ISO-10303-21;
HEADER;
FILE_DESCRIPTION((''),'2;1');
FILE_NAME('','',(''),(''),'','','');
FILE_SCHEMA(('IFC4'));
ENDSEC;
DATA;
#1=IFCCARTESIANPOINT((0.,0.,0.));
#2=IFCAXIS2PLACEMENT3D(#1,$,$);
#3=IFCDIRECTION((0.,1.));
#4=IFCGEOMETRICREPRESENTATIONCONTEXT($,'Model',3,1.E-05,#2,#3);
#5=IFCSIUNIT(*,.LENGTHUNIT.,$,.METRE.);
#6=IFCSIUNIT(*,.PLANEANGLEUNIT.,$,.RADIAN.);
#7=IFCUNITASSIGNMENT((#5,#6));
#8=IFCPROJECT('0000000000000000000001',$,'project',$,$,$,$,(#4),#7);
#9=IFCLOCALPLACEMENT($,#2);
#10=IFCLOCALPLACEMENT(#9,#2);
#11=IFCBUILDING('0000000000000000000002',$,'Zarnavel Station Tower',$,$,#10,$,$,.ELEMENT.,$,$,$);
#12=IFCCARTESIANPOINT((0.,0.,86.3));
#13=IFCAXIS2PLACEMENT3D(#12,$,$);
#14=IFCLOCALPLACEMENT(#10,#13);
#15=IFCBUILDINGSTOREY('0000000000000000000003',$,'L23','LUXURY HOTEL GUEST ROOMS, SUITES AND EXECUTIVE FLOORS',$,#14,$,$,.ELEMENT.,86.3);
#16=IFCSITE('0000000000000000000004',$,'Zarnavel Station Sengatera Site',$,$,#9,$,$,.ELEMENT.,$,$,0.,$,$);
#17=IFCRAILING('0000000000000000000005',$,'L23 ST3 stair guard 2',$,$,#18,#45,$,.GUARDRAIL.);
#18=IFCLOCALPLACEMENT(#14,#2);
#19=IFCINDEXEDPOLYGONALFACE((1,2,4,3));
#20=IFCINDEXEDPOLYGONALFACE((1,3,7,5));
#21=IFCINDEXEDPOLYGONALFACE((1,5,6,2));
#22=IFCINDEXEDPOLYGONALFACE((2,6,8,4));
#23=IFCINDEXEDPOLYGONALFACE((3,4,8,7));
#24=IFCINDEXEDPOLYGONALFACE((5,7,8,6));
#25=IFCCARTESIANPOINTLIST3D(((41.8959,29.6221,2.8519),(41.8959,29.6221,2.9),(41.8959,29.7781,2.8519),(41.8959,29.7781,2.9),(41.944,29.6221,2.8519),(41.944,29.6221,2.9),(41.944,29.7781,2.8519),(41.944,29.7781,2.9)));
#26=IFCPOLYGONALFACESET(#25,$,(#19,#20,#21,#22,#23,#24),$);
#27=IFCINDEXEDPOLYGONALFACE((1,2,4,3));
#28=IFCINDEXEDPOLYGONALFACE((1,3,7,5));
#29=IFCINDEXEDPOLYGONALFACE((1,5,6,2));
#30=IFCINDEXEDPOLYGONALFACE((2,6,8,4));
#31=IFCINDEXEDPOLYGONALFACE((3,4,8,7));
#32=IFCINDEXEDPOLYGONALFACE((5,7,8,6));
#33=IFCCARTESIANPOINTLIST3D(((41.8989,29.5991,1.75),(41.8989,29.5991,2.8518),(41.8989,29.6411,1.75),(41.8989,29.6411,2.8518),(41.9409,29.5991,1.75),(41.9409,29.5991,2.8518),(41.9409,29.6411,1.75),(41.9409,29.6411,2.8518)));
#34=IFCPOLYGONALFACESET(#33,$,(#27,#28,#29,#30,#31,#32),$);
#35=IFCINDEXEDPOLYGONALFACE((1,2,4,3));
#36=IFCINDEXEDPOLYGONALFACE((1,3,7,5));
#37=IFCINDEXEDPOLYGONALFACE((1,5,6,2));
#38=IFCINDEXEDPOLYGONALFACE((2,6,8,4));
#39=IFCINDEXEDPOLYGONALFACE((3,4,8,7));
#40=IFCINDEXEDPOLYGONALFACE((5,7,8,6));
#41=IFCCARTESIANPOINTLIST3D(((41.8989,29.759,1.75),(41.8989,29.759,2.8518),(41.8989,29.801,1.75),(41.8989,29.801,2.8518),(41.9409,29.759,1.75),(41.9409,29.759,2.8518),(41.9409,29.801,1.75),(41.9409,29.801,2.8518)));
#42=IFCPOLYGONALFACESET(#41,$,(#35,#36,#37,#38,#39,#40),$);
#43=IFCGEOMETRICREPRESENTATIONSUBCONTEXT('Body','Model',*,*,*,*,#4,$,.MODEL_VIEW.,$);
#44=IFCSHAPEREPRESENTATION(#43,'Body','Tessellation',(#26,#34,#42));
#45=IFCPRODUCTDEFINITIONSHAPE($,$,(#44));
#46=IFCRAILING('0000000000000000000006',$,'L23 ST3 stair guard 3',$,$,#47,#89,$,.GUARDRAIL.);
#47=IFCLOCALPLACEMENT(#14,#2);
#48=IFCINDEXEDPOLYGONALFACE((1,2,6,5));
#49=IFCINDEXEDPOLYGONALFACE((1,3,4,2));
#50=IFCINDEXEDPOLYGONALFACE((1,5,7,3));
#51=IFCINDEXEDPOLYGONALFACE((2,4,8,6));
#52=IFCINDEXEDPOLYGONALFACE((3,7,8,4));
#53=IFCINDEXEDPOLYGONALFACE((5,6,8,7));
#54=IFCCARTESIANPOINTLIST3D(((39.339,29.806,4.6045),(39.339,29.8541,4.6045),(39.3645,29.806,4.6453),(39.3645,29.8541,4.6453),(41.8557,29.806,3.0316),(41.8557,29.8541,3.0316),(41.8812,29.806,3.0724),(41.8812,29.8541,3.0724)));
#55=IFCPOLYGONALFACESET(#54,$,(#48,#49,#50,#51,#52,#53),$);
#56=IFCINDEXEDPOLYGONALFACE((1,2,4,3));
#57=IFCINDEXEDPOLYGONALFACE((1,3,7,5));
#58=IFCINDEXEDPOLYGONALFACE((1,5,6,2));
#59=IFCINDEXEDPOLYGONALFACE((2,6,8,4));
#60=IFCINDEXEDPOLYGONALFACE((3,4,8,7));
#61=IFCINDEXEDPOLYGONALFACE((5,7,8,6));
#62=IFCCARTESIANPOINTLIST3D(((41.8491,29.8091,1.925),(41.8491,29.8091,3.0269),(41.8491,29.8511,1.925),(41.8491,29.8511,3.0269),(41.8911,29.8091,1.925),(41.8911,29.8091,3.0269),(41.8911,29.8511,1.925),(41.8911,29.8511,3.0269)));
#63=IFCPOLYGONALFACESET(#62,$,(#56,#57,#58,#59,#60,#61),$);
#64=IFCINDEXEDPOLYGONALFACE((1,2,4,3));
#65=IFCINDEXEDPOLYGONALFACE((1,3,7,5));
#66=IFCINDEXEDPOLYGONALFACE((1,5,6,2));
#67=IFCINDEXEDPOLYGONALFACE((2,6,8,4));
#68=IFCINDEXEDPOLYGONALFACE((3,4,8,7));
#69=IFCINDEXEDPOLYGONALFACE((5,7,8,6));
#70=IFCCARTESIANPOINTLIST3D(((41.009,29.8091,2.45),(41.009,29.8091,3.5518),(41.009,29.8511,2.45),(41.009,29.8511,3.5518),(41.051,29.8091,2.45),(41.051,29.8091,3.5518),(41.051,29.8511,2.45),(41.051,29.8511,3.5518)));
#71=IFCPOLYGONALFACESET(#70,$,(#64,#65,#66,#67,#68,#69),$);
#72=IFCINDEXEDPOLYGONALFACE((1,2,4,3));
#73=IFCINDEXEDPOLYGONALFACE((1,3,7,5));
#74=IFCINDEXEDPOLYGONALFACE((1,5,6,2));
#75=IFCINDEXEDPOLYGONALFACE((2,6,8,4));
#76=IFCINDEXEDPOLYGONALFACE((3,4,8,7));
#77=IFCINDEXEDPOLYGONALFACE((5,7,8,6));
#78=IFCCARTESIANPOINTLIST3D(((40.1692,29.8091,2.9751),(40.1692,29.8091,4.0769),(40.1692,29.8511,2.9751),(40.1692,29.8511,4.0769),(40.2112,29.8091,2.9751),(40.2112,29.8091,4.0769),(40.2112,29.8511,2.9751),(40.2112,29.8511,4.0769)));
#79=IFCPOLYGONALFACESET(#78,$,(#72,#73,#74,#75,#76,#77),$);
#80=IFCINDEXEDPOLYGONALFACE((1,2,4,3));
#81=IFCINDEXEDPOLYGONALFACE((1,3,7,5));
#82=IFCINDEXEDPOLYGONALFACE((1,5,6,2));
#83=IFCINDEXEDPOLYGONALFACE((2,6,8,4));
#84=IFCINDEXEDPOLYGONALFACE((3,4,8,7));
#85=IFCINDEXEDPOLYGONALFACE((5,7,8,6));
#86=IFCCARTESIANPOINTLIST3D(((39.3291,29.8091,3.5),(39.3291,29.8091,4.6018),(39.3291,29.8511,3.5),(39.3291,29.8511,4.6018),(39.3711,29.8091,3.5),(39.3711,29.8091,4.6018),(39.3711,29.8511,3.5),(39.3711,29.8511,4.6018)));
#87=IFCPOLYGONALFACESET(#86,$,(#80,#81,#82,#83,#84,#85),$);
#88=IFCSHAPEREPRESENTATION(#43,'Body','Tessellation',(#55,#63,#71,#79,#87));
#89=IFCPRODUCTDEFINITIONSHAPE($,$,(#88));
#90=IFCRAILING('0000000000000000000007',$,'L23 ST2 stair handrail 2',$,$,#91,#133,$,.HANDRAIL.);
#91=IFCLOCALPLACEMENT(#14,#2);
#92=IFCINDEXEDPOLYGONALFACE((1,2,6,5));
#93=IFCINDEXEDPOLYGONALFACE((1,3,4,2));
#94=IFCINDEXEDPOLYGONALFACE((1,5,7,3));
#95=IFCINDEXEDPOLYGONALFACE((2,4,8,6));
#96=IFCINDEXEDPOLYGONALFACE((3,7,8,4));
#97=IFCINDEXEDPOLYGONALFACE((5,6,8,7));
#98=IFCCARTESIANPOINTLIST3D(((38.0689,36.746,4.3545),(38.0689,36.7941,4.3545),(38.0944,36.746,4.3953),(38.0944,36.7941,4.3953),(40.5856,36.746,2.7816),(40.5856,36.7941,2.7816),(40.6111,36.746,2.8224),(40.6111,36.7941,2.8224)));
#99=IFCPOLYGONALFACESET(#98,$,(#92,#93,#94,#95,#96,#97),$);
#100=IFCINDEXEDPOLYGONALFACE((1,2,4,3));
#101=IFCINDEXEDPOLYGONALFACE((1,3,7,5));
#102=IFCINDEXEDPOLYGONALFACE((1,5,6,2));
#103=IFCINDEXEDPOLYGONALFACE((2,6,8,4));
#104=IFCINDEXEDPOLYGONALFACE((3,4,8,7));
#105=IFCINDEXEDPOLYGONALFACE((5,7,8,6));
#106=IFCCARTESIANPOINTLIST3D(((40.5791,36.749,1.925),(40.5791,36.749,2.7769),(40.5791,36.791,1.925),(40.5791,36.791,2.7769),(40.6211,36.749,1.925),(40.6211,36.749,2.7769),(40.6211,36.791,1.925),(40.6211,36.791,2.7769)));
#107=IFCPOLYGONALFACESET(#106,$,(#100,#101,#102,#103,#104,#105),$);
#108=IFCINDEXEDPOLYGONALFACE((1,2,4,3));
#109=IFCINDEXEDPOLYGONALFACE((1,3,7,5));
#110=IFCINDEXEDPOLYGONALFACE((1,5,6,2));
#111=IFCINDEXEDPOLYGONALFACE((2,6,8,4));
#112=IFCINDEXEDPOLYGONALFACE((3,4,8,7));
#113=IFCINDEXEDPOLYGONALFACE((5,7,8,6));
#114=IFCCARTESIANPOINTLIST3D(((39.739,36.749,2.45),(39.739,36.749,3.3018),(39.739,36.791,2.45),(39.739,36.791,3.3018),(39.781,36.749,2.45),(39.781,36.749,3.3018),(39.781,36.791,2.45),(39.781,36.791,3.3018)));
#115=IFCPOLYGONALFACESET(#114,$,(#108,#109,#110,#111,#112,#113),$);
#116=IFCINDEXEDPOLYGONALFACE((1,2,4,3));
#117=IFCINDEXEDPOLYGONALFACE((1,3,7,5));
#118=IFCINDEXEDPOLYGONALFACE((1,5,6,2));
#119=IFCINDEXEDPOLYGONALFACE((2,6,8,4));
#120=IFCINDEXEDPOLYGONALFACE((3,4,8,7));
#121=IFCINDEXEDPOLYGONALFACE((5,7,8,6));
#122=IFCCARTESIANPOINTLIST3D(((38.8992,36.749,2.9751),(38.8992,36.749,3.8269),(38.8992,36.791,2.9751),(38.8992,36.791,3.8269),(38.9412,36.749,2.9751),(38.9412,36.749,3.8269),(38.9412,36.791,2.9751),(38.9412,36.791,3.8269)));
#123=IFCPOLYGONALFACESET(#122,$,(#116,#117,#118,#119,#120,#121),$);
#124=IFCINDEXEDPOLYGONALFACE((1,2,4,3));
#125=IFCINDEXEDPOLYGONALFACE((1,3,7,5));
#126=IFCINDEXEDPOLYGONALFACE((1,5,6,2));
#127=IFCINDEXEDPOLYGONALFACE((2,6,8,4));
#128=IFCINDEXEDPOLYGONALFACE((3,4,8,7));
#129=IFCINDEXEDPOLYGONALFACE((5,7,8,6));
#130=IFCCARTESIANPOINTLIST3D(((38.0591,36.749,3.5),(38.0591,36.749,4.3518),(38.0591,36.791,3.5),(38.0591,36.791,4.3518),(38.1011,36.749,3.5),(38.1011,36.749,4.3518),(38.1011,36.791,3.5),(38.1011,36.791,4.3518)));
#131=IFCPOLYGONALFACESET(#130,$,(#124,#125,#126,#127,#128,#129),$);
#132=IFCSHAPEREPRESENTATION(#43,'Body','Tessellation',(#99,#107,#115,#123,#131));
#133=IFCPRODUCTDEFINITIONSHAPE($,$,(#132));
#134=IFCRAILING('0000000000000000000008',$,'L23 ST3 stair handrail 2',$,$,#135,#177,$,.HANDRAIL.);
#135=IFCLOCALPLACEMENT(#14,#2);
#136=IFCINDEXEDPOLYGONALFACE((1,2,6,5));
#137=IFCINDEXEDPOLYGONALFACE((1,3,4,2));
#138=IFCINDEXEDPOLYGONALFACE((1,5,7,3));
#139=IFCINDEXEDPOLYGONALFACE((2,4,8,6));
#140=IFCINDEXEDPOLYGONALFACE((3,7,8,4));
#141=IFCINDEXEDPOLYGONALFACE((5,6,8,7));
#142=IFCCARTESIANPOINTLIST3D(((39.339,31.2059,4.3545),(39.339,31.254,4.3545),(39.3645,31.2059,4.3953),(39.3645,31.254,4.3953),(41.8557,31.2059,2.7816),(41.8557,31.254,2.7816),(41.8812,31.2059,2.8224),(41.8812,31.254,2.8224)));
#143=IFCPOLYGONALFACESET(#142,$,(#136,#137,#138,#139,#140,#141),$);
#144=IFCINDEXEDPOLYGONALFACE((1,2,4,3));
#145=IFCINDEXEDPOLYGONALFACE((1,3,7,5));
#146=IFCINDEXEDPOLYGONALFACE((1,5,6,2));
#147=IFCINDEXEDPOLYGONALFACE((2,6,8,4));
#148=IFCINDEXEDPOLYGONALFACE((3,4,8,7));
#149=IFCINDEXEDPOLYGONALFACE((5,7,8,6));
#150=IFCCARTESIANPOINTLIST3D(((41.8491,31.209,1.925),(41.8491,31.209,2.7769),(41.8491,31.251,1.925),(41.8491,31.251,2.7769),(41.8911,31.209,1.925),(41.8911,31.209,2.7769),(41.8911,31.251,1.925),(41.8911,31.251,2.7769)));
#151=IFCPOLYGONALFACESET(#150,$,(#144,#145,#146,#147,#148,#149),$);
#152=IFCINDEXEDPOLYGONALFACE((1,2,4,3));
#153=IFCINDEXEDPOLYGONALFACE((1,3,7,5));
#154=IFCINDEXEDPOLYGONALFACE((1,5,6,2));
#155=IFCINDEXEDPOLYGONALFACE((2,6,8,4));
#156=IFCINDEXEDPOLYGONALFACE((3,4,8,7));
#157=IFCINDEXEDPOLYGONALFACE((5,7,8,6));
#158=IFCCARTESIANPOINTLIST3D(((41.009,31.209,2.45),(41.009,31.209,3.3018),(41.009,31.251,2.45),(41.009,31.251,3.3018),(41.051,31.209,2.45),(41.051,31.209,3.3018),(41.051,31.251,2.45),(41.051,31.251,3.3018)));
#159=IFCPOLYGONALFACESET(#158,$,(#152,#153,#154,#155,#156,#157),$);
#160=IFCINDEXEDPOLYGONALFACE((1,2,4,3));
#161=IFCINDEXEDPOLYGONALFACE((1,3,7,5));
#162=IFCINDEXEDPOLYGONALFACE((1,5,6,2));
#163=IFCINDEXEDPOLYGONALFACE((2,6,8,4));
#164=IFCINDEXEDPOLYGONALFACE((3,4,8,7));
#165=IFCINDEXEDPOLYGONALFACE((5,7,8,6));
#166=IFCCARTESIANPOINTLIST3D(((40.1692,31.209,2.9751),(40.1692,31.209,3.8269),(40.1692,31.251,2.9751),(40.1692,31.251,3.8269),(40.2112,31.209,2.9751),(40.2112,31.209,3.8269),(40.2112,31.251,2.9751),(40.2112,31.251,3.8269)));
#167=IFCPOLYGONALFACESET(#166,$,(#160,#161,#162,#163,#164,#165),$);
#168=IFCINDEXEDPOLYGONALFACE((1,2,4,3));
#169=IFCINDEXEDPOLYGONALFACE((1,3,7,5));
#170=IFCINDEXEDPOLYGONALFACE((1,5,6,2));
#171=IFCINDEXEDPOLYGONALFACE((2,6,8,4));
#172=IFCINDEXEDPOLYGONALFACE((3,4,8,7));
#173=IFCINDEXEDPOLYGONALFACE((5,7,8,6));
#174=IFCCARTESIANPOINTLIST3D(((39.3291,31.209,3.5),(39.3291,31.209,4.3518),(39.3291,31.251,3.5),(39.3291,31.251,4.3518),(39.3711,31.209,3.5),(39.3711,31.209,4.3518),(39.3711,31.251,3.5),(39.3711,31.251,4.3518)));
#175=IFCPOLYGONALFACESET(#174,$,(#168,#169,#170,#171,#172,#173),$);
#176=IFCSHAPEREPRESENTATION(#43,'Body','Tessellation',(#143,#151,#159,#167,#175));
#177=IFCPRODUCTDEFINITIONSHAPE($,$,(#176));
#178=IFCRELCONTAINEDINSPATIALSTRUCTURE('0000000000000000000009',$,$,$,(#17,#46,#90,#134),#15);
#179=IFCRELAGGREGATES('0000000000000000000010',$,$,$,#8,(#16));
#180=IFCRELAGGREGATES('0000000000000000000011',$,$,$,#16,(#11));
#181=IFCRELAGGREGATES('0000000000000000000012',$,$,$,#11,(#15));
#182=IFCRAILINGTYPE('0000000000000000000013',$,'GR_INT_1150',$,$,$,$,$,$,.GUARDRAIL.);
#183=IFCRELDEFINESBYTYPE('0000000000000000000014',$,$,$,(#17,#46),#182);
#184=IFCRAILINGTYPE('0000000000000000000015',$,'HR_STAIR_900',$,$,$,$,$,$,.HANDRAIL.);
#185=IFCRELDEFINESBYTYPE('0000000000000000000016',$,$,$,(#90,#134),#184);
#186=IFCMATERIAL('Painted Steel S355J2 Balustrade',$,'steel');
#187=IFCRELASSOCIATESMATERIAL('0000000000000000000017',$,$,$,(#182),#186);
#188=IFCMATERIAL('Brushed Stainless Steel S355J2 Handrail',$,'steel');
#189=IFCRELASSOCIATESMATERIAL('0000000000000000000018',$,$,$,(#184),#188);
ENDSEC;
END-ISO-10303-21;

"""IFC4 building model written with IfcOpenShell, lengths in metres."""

from ifc_helpers import new_model, si_unit, direction, frame, origin, origin_2d, place, context, subcontext, project, spatial, rectangle, extrude, material, type_object, element, save


model = new_model("IFC4")

# Units and contexts
model_context = context("Model", 3, precision=1e-05, world=origin(), true_north=direction((0.0, 1.0)))
body_context = subcontext(model_context, "Body", "Model", "MODEL_VIEW")
ifc_project = project(units=[si_unit("LENGTHUNIT", "METRE"), si_unit("PLANEANGLEUNIT", "RADIAN")], contexts=[model_context])

# Site, building, storey
site_placement = place(None, origin())
site = spatial("IfcSite", under=ifc_project, at=site_placement, Name="Zarnavel Station Sengatera Site", CompositionType="ELEMENT", RefElevation=0.0)
building_placement = place(site_placement, origin())
building = spatial("IfcBuilding", under=site, at=building_placement, Name="Zarnavel Station Tower", CompositionType="ELEMENT")
storey_placement = place(building_placement, frame((0.0, 0.0, 86.3)))
storey = spatial("IfcBuildingStorey", under=building, at=storey_placement, Name="L23", Description="LUXURY HOTEL GUEST ROOMS, SUITES AND EXECUTIVE FLOORS", CompositionType="ELEMENT", Elevation=86.3)

# Railings
ifc_material_1 = material(Name="Painted Steel S355J2 Balustrade", Category="steel")
railing_type_1 = type_object("IfcRailingType", Name="GR_INT_1150", PredefinedType="GUARDRAIL", material=ifc_material_1)
railing_1_placement = place(storey_placement, frame((41.9199, 29.6201, 1.75)))
element("IfcRailing", 1, at=railing_1_placement, inside=storey, type_object=railing_type_1, Name="L23 ST3 stair guard 2", PredefinedType="GUARDRAIL", context=body_context, shape_type="SweptSolid", body=[
    extrude(rectangle(XDim=0.0481, YDim=0.0481, at=origin_2d()), frame((0.0, 0.002, 1.126), z_axis=(0.0, 1.0, 0.0), x_axis=(-1.0, 0.0, 0.0)), (0.0, 0.0, 1.0), 0.156),
    extrude(rectangle(XDim=0.042, YDim=0.042, at=origin_2d()), origin(), (0.0, 0.0, 1.0), 1.1018),
    extrude(rectangle(XDim=0.042, YDim=0.042, at=origin_2d()), frame((0.0, 0.1599, 0.0)), (0.0, 0.0, 1.0), 1.1018),
])
railing_2_placement = place(storey_placement, frame((41.8701, 29.8301, 1.925)))
element("IfcRailing", 2, at=railing_2_placement, inside=storey, type_object=railing_type_1, Name="L23 ST3 stair guard 3", PredefinedType="GUARDRAIL", context=body_context, shape_type="SweptSolid", body=[
    extrude(rectangle(XDim=0.0481, YDim=0.0481, at=origin_2d()), frame((-0.0017, 0.0, 1.127), z_axis=(-0.848008, 0.0, 0.529984), x_axis=(0.0, -1.0, 0.0)), (0.0, 0.0, 1.0), 2.9678),
    extrude(rectangle(XDim=0.042, YDim=0.042, at=origin_2d()), origin(), (0.0, 0.0, 1.0), 1.1018),
    extrude(rectangle(XDim=0.042, YDim=0.042, at=origin_2d()), frame((-0.8401, 0.0, 0.5249)), (0.0, 0.0, 1.0), 1.1018),
    extrude(rectangle(XDim=0.042, YDim=0.042, at=origin_2d()), frame((-1.6799, 0.0, 1.05)), (0.0, 0.0, 1.0), 1.1018),
    extrude(rectangle(XDim=0.042, YDim=0.042, at=origin_2d()), frame((-2.52, 0.0, 1.575)), (0.0, 0.0, 1.0), 1.1018),
])
ifc_material_2 = material(Name="Brushed Stainless Steel S355J2 Handrail", Category="steel")
railing_type_2 = type_object("IfcRailingType", Name="HR_STAIR_900", PredefinedType="HANDRAIL", material=ifc_material_2)
for number, where, name in (
    (3, (40.6001, 36.77, 1.925), "L23 ST2 stair handrail 2"),
    (4, (41.8701, 31.23, 1.925), "L23 ST3 stair handrail 2"),
):
    element("IfcRailing", number, at=place(storey_placement, frame(where)), inside=storey, type_object=railing_type_2, Name=name, PredefinedType="HANDRAIL", context=body_context, shape_type="SweptSolid", body=[
        extrude(rectangle(XDim=0.0481, YDim=0.0481, at=origin_2d()), frame((-0.0017, 0.0, 0.877), z_axis=(-0.848008, 0.0, 0.529984), x_axis=(0.0, -1.0, 0.0)), (0.0, 0.0, 1.0), 2.9678),
        extrude(rectangle(XDim=0.042, YDim=0.042, at=origin_2d()), origin(), (0.0, 0.0, 1.0), 0.8518),
        extrude(rectangle(XDim=0.042, YDim=0.042, at=origin_2d()), frame((-0.8401, 0.0, 0.5249)), (0.0, 0.0, 1.0), 0.8518),
        extrude(rectangle(XDim=0.042, YDim=0.042, at=origin_2d()), frame((-1.6799, 0.0, 1.05)), (0.0, 0.0, 1.0), 0.8518),
        extrude(rectangle(XDim=0.042, YDim=0.042, at=origin_2d()), frame((-2.52, 0.0, 1.575)), (0.0, 0.0, 1.0), 0.8518),
    ])

save(model, "model.ifc")
